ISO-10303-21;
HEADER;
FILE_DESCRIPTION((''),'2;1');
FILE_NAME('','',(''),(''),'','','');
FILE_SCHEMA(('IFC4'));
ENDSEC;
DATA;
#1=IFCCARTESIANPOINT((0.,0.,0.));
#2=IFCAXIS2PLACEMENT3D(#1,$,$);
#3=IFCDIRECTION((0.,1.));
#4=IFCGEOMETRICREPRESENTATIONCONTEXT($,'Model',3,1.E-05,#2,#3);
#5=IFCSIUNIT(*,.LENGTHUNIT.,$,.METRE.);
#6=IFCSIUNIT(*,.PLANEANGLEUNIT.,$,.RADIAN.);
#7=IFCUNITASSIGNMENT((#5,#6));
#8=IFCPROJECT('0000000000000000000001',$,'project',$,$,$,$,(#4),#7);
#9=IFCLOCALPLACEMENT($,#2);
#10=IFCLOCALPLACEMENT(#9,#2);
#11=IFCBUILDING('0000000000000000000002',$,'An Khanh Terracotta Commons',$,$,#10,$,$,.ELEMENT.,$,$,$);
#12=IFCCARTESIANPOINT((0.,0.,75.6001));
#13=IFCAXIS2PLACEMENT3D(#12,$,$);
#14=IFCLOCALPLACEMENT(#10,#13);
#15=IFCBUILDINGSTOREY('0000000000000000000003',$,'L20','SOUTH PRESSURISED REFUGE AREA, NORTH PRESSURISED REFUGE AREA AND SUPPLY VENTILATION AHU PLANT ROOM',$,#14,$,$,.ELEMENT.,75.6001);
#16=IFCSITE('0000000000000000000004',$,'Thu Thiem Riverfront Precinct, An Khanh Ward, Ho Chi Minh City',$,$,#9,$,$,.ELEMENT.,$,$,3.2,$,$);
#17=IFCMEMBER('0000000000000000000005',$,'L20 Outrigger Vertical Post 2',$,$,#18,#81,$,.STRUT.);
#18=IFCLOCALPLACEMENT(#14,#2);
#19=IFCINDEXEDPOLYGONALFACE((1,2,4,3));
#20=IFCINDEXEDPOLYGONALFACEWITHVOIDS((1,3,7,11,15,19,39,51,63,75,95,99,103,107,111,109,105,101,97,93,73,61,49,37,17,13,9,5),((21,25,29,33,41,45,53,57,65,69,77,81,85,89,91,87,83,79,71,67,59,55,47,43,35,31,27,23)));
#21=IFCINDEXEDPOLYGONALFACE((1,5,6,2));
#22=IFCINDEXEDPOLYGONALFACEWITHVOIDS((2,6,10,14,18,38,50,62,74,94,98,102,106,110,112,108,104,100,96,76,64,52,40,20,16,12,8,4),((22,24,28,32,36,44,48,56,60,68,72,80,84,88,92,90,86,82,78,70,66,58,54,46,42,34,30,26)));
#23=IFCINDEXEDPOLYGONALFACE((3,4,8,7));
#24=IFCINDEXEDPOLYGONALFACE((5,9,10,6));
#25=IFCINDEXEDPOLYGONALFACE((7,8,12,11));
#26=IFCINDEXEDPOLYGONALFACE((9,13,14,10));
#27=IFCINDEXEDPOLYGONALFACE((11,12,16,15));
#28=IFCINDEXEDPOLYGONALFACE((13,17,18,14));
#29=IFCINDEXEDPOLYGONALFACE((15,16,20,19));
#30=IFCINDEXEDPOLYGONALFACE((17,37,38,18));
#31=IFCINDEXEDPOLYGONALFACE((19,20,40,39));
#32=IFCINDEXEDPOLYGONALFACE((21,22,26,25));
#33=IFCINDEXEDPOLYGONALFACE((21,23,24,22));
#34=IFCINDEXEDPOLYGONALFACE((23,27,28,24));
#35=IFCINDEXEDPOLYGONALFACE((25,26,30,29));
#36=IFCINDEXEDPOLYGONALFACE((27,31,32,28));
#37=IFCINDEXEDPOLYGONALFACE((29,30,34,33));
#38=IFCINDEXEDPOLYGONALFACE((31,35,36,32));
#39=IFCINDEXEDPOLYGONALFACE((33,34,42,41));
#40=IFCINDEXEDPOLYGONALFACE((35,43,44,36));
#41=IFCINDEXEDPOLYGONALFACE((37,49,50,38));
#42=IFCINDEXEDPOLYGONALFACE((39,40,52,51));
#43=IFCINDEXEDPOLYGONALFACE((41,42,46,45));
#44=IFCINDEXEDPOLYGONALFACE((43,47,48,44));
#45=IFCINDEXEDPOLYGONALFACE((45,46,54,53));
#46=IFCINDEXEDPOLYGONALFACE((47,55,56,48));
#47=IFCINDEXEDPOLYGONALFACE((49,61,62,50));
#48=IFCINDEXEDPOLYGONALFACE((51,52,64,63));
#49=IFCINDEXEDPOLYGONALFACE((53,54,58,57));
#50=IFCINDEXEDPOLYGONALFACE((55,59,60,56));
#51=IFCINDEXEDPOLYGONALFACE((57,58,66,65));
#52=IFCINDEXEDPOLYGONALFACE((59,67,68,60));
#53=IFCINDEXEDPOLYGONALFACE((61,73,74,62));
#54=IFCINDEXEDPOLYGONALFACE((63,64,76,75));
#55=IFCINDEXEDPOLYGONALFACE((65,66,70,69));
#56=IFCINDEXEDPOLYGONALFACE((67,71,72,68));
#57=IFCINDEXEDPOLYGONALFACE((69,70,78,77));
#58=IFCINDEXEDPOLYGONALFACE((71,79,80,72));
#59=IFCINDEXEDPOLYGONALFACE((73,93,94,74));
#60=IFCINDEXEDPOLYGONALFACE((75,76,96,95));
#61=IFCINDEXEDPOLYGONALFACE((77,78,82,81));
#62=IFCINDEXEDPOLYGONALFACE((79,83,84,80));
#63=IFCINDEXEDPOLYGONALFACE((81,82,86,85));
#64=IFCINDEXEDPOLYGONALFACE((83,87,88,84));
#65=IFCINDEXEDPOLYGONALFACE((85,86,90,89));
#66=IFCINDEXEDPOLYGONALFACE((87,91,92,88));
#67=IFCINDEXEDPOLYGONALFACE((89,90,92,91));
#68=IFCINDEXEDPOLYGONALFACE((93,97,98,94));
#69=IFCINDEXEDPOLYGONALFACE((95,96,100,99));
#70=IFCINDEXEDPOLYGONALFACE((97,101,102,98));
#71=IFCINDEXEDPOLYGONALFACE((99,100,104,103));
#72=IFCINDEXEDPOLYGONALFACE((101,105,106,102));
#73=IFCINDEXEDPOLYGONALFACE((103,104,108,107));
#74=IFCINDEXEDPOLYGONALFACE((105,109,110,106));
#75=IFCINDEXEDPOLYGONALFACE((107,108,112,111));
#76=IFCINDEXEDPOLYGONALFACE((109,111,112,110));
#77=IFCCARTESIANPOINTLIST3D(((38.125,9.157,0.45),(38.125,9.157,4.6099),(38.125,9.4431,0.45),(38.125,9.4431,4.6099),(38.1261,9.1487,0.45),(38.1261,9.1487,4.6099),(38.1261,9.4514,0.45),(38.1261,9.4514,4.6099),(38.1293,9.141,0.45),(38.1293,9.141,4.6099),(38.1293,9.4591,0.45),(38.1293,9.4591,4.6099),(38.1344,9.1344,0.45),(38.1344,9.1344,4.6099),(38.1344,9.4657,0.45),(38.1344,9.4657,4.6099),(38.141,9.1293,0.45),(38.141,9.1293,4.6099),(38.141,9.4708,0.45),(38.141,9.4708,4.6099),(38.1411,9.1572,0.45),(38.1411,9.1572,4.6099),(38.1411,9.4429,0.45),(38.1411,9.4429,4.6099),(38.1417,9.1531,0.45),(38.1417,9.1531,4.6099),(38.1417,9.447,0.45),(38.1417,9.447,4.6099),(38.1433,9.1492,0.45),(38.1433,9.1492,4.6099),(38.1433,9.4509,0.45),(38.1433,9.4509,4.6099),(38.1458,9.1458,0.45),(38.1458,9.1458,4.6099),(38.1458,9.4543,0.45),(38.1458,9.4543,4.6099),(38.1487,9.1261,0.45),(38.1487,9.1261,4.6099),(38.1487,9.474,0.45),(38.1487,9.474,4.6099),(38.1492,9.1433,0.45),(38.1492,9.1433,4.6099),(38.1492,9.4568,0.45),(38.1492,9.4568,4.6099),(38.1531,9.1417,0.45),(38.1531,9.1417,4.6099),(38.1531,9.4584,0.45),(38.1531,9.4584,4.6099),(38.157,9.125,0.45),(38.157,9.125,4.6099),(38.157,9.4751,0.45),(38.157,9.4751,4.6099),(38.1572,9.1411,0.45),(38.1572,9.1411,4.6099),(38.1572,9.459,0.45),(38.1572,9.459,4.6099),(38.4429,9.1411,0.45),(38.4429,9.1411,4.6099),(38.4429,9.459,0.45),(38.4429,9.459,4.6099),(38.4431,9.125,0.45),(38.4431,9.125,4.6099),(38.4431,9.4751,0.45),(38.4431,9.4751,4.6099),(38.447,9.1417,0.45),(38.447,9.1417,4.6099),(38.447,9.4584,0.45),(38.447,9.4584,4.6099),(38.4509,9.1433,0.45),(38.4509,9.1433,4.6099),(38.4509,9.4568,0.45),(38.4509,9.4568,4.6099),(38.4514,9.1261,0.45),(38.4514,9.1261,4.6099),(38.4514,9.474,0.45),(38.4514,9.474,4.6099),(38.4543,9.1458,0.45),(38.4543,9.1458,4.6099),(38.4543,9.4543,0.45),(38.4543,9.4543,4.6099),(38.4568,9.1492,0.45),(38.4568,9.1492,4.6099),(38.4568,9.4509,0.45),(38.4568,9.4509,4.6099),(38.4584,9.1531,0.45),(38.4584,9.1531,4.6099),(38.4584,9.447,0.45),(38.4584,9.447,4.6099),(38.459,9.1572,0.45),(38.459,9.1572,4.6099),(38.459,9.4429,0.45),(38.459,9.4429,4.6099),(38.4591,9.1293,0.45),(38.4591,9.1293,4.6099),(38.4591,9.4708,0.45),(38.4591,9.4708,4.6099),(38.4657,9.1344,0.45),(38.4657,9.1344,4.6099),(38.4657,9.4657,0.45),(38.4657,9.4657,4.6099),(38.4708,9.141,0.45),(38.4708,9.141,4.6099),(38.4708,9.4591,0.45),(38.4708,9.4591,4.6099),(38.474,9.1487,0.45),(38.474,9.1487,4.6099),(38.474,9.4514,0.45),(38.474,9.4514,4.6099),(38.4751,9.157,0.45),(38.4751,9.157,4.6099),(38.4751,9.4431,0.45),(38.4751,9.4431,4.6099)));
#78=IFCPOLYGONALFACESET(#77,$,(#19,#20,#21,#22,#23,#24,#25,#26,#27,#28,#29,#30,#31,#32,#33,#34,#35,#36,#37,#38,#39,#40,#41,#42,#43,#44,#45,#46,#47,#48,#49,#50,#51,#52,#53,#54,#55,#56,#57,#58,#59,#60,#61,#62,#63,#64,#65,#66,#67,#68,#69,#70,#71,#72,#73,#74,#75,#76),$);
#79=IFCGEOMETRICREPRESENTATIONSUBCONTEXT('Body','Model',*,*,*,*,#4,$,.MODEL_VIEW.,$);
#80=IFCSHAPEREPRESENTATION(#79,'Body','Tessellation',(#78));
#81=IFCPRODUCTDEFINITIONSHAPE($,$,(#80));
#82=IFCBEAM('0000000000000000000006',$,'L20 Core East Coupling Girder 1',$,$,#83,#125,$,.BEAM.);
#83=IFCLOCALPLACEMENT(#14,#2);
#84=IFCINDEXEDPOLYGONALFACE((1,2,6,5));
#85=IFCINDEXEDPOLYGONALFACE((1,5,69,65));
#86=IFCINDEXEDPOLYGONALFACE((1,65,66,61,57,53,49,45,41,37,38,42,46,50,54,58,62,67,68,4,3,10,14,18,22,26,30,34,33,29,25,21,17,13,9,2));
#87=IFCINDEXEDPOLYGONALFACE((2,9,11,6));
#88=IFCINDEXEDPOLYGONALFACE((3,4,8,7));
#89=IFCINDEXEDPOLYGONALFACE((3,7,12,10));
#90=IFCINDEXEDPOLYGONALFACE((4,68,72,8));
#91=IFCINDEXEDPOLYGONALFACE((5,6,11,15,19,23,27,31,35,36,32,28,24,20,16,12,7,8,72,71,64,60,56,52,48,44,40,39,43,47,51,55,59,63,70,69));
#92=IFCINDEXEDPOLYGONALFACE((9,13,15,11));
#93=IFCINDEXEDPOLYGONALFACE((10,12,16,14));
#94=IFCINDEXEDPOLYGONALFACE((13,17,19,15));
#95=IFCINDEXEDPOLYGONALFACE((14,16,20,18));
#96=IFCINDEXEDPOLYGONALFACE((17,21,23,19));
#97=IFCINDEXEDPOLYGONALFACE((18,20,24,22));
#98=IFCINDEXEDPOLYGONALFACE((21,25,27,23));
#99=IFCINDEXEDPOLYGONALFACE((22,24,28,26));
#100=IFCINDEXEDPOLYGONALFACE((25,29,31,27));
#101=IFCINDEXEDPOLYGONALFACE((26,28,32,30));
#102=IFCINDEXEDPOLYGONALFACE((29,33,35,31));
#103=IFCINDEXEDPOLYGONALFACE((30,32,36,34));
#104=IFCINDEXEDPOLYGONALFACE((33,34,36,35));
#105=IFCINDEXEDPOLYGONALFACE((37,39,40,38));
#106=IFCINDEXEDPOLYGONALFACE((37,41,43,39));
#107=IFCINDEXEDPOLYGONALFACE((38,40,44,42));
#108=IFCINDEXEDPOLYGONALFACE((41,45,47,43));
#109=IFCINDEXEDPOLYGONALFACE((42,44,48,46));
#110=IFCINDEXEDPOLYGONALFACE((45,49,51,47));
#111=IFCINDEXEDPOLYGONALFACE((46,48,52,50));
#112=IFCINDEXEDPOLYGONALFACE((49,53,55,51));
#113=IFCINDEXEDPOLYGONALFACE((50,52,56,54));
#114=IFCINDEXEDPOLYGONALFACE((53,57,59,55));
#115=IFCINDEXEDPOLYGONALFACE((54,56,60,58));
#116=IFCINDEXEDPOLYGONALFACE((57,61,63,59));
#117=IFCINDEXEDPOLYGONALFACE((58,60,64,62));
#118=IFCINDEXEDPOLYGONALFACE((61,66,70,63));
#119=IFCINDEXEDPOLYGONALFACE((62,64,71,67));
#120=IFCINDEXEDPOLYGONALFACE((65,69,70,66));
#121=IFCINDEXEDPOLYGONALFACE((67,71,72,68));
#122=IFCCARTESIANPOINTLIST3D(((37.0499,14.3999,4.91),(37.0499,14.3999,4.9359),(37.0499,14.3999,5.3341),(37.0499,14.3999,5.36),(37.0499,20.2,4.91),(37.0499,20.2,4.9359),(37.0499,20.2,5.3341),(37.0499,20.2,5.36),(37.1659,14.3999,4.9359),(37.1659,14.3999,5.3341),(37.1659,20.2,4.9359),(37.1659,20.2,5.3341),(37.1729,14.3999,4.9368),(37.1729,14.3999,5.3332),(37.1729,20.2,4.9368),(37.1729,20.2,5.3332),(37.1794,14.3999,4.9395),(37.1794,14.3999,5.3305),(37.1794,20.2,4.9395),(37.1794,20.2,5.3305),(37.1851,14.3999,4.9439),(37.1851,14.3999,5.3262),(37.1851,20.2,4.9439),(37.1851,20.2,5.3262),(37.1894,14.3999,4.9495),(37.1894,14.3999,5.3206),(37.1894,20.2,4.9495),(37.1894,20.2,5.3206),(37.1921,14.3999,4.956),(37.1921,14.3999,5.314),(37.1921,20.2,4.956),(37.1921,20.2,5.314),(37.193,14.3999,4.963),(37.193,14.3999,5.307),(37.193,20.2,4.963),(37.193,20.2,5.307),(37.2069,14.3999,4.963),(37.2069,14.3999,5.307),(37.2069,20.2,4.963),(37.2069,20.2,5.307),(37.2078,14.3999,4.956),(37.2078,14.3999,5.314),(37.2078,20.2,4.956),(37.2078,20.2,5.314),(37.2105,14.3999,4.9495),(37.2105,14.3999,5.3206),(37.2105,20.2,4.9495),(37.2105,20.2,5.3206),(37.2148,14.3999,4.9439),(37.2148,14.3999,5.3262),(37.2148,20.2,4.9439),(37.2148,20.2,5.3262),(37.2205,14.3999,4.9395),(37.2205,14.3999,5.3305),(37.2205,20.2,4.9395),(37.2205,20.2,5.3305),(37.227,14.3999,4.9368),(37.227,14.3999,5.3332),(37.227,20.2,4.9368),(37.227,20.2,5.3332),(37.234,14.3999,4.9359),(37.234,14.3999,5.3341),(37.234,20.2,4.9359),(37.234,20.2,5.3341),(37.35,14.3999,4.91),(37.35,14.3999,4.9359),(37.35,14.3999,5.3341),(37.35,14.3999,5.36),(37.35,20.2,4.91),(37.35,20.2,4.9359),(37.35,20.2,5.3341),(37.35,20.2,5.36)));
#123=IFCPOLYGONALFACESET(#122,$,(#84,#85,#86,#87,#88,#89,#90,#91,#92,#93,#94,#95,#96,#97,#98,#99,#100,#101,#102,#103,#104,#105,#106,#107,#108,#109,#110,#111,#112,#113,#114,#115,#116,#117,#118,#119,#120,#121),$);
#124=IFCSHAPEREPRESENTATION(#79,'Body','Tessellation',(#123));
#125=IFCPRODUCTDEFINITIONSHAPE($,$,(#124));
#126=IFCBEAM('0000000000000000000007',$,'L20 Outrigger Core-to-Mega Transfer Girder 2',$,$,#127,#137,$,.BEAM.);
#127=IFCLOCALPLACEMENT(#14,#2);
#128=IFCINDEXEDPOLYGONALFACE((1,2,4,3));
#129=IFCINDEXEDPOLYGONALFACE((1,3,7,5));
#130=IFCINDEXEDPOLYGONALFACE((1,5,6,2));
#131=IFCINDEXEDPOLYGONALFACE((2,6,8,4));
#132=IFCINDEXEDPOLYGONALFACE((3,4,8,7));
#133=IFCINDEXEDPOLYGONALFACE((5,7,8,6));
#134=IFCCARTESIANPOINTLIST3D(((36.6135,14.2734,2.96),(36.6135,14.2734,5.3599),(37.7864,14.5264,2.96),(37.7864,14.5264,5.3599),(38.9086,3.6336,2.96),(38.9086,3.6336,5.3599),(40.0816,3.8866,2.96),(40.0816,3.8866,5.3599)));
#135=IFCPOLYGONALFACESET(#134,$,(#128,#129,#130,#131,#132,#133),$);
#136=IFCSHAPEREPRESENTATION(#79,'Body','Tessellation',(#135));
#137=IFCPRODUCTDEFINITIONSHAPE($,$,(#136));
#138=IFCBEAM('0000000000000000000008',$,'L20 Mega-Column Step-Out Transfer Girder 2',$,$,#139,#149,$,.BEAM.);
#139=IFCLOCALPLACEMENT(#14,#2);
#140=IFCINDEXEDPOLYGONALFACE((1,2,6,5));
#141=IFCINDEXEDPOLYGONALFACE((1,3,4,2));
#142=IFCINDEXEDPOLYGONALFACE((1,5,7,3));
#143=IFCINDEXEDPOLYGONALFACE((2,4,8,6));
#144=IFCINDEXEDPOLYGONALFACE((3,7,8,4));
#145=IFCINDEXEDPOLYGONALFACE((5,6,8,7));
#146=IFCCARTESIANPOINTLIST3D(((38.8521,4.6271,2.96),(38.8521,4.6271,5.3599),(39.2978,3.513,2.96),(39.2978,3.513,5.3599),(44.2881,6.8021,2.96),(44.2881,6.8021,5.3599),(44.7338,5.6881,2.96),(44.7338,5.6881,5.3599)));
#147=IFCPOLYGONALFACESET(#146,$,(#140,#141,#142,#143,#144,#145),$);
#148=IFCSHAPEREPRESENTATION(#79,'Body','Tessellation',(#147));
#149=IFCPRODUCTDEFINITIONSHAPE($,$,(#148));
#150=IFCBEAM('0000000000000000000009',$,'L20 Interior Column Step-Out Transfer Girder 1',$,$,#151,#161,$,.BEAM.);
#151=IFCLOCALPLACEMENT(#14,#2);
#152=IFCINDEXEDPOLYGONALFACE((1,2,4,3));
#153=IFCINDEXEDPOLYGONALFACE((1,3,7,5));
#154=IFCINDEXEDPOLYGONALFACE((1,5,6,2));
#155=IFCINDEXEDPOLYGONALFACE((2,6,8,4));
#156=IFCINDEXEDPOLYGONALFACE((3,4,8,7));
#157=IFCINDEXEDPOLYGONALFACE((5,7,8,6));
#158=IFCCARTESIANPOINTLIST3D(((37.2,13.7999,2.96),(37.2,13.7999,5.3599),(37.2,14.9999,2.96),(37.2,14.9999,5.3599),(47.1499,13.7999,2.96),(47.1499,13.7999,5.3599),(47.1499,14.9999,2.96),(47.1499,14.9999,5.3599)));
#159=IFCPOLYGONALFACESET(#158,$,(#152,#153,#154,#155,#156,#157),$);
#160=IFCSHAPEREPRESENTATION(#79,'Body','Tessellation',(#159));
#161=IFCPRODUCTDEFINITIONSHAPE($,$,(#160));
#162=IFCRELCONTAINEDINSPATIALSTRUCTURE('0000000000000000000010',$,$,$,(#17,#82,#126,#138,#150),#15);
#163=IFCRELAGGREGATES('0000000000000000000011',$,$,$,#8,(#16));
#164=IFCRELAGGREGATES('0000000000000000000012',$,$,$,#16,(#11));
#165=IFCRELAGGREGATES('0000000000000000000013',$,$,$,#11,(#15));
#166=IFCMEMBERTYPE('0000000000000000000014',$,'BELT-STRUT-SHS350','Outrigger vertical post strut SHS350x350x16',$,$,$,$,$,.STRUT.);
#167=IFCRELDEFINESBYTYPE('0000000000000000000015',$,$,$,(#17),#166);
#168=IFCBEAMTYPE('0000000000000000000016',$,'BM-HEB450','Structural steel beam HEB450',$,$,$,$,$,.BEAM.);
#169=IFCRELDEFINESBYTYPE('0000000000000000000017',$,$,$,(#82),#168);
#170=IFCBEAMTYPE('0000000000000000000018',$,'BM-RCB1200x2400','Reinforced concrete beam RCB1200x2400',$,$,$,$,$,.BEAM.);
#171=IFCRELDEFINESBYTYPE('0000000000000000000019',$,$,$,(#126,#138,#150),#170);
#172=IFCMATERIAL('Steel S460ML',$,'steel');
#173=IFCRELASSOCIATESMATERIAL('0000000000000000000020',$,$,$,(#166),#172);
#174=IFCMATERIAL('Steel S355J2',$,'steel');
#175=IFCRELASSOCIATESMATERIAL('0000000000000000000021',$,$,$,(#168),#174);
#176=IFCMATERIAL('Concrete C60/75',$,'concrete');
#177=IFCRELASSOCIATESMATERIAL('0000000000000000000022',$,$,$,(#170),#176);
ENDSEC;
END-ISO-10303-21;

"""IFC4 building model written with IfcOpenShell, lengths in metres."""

from ifc_helpers import new_model, si_unit, direction, frame, origin, origin_2d, place, context, subcontext, project, spatial, rectangle, hollow_rectangle, i_section, extrude, material, material_profile, profile_set, type_object, element, save


model = new_model("IFC4")

# Units and contexts
model_context = context("Model", 3, precision=1e-05, world=origin(), true_north=direction((0.0, 1.0)))
body_context = subcontext(model_context, "Body", "Model", "MODEL_VIEW")
ifc_project = project(units=[si_unit("LENGTHUNIT", "METRE"), si_unit("PLANEANGLEUNIT", "RADIAN")], contexts=[model_context])

# Site, building, storey
site_placement = place(None, origin())
site = spatial("IfcSite", under=ifc_project, at=site_placement, Name="Thu Thiem Riverfront Precinct, An Khanh Ward, Ho Chi Minh City", CompositionType="ELEMENT", RefElevation=3.2)
building_placement = place(site_placement, origin())
building = spatial("IfcBuilding", under=site, at=building_placement, Name="An Khanh Terracotta Commons", CompositionType="ELEMENT")
storey_placement = place(building_placement, frame((0.0, 0.0, 75.6001)))
storey = spatial("IfcBuildingStorey", under=building, at=storey_placement, Name="L20", Description="SOUTH PRESSURISED REFUGE AREA, NORTH PRESSURISED REFUGE AREA AND SUPPLY VENTILATION AHU PLANT ROOM", CompositionType="ELEMENT", Elevation=75.6001)

# Member
ifc_material_1 = material(Name="Steel S460ML", Category="steel")
ifc_material_profile_1 = material_profile(ifc_material_1, hollow_rectangle(XDim=0.3501, YDim=0.3501, WallThickness=0.0161, InnerFilletRadius=0.0161, OuterFilletRadius=0.032, at=origin_2d()), Name="SHS350x350x16")
ifc_profile_set_1 = profile_set([ifc_material_profile_1], Name="Steel S460ML")
member_type_1 = type_object("IfcMemberType", Name="BELT-STRUT-SHS350", Description="Outrigger vertical post strut SHS350x350x16", PredefinedType="STRUT", material=ifc_profile_set_1)
member_1_placement = place(storey_placement, frame((38.3, 9.3, 0.45), z_axis=(0.0, 0.0, 1.0), x_axis=(1.0, 0.0, 0.0)))
element("IfcMember", 1, at=member_1_placement, inside=storey, type_object=member_type_1, Name="L20 Outrigger Vertical Post 2", PredefinedType="STRUT", context=body_context, shape_type="SweptSolid", body=[
    extrude(hollow_rectangle(XDim=0.3501, YDim=0.3501, WallThickness=0.0161, InnerFilletRadius=0.0161, OuterFilletRadius=0.032, at=origin_2d()), origin(), (0.0, 0.0, 1.0), 4.1599),
])

# Beams
ifc_material_2 = material(Name="Steel S355J2", Category="steel")
ifc_material_profile_2 = material_profile(ifc_material_2, i_section(OverallWidth=0.3, OverallDepth=0.45, WebThickness=0.0139, FlangeThickness=0.0259, FilletRadius=0.0271, at=origin_2d()), Name="HEB450")
ifc_profile_set_2 = profile_set([ifc_material_profile_2], Name="Steel S355J2")
beam_type_1 = type_object("IfcBeamType", Name="BM-HEB450", Description="Structural steel beam HEB450", PredefinedType="BEAM", material=ifc_profile_set_2)
beam_1_placement = place(storey_placement, frame((37.2, 14.3999, 5.135), z_axis=(0.0, 1.0, 0.0), x_axis=(-1.0, 0.0, 0.0)))
element("IfcBeam", 2, at=beam_1_placement, inside=storey, type_object=beam_type_1, Name="L20 Core East Coupling Girder 1", PredefinedType="BEAM", context=body_context, shape_type="SweptSolid", body=[
    extrude(i_section(OverallWidth=0.3, OverallDepth=0.45, WebThickness=0.0139, FlangeThickness=0.0259, FilletRadius=0.0271, at=origin_2d()), origin(), (0.0, 0.0, 1.0), 5.8),
])
ifc_material_3 = material(Name="Concrete C60/75", Category="concrete")
ifc_material_profile_3 = material_profile(ifc_material_3, rectangle(XDim=1.2, YDim=2.3999, at=origin_2d()), Name="RCB1200x2400")
ifc_profile_set_3 = profile_set([ifc_material_profile_3], Name="Concrete C60/75")
beam_type_2 = type_object("IfcBeamType", Name="BM-RCB1200x2400", Description="Reinforced concrete beam RCB1200x2400", PredefinedType="BEAM", material=ifc_profile_set_3)
beam_2_placement = place(storey_placement, frame((37.2, 14.3999, 4.1599), z_axis=(0.210863, -0.977516, 0.0), x_axis=(0.977516, 0.210863, 0.0)))
element("IfcBeam", 3, at=beam_2_placement, inside=storey, type_object=beam_type_2, Name="L20 Outrigger Core-to-Mega Transfer Girder 2", PredefinedType="BEAM", context=body_context, shape_type="SweptSolid", body=[
    extrude(rectangle(XDim=1.2, YDim=2.3999, at=origin_2d()), origin(), (0.0, 0.0, 1.0), 10.8845),
])
beam_3_placement = place(storey_placement, frame((39.075, 4.0701, 4.1599), z_axis=(0.928439, 0.371484, 0.0), x_axis=(-0.371484, 0.928439, 0.0)))
element("IfcBeam", 4, at=beam_3_placement, inside=storey, type_object=beam_type_2, Name="L20 Mega-Column Step-Out Transfer Girder 2", PredefinedType="BEAM", context=body_context, shape_type="SweptSolid", body=[
    extrude(rectangle(XDim=1.2, YDim=2.3999, at=origin_2d()), origin(), (0.0, 0.0, 1.0), 5.855),
])
beam_4_placement = place(storey_placement, frame((37.2, 14.3999, 4.1599), z_axis=(1.0, 0.0, 0.0), x_axis=(0.0, 1.0, 0.0)))
element("IfcBeam", 5, at=beam_4_placement, inside=storey, type_object=beam_type_2, Name="L20 Interior Column Step-Out Transfer Girder 1", PredefinedType="BEAM", context=body_context, shape_type="SweptSolid", body=[
    extrude(rectangle(XDim=1.2, YDim=2.3999, at=origin_2d()), origin(), (0.0, 0.0, 1.0), 9.95),
])

save(model, "model.ifc")
